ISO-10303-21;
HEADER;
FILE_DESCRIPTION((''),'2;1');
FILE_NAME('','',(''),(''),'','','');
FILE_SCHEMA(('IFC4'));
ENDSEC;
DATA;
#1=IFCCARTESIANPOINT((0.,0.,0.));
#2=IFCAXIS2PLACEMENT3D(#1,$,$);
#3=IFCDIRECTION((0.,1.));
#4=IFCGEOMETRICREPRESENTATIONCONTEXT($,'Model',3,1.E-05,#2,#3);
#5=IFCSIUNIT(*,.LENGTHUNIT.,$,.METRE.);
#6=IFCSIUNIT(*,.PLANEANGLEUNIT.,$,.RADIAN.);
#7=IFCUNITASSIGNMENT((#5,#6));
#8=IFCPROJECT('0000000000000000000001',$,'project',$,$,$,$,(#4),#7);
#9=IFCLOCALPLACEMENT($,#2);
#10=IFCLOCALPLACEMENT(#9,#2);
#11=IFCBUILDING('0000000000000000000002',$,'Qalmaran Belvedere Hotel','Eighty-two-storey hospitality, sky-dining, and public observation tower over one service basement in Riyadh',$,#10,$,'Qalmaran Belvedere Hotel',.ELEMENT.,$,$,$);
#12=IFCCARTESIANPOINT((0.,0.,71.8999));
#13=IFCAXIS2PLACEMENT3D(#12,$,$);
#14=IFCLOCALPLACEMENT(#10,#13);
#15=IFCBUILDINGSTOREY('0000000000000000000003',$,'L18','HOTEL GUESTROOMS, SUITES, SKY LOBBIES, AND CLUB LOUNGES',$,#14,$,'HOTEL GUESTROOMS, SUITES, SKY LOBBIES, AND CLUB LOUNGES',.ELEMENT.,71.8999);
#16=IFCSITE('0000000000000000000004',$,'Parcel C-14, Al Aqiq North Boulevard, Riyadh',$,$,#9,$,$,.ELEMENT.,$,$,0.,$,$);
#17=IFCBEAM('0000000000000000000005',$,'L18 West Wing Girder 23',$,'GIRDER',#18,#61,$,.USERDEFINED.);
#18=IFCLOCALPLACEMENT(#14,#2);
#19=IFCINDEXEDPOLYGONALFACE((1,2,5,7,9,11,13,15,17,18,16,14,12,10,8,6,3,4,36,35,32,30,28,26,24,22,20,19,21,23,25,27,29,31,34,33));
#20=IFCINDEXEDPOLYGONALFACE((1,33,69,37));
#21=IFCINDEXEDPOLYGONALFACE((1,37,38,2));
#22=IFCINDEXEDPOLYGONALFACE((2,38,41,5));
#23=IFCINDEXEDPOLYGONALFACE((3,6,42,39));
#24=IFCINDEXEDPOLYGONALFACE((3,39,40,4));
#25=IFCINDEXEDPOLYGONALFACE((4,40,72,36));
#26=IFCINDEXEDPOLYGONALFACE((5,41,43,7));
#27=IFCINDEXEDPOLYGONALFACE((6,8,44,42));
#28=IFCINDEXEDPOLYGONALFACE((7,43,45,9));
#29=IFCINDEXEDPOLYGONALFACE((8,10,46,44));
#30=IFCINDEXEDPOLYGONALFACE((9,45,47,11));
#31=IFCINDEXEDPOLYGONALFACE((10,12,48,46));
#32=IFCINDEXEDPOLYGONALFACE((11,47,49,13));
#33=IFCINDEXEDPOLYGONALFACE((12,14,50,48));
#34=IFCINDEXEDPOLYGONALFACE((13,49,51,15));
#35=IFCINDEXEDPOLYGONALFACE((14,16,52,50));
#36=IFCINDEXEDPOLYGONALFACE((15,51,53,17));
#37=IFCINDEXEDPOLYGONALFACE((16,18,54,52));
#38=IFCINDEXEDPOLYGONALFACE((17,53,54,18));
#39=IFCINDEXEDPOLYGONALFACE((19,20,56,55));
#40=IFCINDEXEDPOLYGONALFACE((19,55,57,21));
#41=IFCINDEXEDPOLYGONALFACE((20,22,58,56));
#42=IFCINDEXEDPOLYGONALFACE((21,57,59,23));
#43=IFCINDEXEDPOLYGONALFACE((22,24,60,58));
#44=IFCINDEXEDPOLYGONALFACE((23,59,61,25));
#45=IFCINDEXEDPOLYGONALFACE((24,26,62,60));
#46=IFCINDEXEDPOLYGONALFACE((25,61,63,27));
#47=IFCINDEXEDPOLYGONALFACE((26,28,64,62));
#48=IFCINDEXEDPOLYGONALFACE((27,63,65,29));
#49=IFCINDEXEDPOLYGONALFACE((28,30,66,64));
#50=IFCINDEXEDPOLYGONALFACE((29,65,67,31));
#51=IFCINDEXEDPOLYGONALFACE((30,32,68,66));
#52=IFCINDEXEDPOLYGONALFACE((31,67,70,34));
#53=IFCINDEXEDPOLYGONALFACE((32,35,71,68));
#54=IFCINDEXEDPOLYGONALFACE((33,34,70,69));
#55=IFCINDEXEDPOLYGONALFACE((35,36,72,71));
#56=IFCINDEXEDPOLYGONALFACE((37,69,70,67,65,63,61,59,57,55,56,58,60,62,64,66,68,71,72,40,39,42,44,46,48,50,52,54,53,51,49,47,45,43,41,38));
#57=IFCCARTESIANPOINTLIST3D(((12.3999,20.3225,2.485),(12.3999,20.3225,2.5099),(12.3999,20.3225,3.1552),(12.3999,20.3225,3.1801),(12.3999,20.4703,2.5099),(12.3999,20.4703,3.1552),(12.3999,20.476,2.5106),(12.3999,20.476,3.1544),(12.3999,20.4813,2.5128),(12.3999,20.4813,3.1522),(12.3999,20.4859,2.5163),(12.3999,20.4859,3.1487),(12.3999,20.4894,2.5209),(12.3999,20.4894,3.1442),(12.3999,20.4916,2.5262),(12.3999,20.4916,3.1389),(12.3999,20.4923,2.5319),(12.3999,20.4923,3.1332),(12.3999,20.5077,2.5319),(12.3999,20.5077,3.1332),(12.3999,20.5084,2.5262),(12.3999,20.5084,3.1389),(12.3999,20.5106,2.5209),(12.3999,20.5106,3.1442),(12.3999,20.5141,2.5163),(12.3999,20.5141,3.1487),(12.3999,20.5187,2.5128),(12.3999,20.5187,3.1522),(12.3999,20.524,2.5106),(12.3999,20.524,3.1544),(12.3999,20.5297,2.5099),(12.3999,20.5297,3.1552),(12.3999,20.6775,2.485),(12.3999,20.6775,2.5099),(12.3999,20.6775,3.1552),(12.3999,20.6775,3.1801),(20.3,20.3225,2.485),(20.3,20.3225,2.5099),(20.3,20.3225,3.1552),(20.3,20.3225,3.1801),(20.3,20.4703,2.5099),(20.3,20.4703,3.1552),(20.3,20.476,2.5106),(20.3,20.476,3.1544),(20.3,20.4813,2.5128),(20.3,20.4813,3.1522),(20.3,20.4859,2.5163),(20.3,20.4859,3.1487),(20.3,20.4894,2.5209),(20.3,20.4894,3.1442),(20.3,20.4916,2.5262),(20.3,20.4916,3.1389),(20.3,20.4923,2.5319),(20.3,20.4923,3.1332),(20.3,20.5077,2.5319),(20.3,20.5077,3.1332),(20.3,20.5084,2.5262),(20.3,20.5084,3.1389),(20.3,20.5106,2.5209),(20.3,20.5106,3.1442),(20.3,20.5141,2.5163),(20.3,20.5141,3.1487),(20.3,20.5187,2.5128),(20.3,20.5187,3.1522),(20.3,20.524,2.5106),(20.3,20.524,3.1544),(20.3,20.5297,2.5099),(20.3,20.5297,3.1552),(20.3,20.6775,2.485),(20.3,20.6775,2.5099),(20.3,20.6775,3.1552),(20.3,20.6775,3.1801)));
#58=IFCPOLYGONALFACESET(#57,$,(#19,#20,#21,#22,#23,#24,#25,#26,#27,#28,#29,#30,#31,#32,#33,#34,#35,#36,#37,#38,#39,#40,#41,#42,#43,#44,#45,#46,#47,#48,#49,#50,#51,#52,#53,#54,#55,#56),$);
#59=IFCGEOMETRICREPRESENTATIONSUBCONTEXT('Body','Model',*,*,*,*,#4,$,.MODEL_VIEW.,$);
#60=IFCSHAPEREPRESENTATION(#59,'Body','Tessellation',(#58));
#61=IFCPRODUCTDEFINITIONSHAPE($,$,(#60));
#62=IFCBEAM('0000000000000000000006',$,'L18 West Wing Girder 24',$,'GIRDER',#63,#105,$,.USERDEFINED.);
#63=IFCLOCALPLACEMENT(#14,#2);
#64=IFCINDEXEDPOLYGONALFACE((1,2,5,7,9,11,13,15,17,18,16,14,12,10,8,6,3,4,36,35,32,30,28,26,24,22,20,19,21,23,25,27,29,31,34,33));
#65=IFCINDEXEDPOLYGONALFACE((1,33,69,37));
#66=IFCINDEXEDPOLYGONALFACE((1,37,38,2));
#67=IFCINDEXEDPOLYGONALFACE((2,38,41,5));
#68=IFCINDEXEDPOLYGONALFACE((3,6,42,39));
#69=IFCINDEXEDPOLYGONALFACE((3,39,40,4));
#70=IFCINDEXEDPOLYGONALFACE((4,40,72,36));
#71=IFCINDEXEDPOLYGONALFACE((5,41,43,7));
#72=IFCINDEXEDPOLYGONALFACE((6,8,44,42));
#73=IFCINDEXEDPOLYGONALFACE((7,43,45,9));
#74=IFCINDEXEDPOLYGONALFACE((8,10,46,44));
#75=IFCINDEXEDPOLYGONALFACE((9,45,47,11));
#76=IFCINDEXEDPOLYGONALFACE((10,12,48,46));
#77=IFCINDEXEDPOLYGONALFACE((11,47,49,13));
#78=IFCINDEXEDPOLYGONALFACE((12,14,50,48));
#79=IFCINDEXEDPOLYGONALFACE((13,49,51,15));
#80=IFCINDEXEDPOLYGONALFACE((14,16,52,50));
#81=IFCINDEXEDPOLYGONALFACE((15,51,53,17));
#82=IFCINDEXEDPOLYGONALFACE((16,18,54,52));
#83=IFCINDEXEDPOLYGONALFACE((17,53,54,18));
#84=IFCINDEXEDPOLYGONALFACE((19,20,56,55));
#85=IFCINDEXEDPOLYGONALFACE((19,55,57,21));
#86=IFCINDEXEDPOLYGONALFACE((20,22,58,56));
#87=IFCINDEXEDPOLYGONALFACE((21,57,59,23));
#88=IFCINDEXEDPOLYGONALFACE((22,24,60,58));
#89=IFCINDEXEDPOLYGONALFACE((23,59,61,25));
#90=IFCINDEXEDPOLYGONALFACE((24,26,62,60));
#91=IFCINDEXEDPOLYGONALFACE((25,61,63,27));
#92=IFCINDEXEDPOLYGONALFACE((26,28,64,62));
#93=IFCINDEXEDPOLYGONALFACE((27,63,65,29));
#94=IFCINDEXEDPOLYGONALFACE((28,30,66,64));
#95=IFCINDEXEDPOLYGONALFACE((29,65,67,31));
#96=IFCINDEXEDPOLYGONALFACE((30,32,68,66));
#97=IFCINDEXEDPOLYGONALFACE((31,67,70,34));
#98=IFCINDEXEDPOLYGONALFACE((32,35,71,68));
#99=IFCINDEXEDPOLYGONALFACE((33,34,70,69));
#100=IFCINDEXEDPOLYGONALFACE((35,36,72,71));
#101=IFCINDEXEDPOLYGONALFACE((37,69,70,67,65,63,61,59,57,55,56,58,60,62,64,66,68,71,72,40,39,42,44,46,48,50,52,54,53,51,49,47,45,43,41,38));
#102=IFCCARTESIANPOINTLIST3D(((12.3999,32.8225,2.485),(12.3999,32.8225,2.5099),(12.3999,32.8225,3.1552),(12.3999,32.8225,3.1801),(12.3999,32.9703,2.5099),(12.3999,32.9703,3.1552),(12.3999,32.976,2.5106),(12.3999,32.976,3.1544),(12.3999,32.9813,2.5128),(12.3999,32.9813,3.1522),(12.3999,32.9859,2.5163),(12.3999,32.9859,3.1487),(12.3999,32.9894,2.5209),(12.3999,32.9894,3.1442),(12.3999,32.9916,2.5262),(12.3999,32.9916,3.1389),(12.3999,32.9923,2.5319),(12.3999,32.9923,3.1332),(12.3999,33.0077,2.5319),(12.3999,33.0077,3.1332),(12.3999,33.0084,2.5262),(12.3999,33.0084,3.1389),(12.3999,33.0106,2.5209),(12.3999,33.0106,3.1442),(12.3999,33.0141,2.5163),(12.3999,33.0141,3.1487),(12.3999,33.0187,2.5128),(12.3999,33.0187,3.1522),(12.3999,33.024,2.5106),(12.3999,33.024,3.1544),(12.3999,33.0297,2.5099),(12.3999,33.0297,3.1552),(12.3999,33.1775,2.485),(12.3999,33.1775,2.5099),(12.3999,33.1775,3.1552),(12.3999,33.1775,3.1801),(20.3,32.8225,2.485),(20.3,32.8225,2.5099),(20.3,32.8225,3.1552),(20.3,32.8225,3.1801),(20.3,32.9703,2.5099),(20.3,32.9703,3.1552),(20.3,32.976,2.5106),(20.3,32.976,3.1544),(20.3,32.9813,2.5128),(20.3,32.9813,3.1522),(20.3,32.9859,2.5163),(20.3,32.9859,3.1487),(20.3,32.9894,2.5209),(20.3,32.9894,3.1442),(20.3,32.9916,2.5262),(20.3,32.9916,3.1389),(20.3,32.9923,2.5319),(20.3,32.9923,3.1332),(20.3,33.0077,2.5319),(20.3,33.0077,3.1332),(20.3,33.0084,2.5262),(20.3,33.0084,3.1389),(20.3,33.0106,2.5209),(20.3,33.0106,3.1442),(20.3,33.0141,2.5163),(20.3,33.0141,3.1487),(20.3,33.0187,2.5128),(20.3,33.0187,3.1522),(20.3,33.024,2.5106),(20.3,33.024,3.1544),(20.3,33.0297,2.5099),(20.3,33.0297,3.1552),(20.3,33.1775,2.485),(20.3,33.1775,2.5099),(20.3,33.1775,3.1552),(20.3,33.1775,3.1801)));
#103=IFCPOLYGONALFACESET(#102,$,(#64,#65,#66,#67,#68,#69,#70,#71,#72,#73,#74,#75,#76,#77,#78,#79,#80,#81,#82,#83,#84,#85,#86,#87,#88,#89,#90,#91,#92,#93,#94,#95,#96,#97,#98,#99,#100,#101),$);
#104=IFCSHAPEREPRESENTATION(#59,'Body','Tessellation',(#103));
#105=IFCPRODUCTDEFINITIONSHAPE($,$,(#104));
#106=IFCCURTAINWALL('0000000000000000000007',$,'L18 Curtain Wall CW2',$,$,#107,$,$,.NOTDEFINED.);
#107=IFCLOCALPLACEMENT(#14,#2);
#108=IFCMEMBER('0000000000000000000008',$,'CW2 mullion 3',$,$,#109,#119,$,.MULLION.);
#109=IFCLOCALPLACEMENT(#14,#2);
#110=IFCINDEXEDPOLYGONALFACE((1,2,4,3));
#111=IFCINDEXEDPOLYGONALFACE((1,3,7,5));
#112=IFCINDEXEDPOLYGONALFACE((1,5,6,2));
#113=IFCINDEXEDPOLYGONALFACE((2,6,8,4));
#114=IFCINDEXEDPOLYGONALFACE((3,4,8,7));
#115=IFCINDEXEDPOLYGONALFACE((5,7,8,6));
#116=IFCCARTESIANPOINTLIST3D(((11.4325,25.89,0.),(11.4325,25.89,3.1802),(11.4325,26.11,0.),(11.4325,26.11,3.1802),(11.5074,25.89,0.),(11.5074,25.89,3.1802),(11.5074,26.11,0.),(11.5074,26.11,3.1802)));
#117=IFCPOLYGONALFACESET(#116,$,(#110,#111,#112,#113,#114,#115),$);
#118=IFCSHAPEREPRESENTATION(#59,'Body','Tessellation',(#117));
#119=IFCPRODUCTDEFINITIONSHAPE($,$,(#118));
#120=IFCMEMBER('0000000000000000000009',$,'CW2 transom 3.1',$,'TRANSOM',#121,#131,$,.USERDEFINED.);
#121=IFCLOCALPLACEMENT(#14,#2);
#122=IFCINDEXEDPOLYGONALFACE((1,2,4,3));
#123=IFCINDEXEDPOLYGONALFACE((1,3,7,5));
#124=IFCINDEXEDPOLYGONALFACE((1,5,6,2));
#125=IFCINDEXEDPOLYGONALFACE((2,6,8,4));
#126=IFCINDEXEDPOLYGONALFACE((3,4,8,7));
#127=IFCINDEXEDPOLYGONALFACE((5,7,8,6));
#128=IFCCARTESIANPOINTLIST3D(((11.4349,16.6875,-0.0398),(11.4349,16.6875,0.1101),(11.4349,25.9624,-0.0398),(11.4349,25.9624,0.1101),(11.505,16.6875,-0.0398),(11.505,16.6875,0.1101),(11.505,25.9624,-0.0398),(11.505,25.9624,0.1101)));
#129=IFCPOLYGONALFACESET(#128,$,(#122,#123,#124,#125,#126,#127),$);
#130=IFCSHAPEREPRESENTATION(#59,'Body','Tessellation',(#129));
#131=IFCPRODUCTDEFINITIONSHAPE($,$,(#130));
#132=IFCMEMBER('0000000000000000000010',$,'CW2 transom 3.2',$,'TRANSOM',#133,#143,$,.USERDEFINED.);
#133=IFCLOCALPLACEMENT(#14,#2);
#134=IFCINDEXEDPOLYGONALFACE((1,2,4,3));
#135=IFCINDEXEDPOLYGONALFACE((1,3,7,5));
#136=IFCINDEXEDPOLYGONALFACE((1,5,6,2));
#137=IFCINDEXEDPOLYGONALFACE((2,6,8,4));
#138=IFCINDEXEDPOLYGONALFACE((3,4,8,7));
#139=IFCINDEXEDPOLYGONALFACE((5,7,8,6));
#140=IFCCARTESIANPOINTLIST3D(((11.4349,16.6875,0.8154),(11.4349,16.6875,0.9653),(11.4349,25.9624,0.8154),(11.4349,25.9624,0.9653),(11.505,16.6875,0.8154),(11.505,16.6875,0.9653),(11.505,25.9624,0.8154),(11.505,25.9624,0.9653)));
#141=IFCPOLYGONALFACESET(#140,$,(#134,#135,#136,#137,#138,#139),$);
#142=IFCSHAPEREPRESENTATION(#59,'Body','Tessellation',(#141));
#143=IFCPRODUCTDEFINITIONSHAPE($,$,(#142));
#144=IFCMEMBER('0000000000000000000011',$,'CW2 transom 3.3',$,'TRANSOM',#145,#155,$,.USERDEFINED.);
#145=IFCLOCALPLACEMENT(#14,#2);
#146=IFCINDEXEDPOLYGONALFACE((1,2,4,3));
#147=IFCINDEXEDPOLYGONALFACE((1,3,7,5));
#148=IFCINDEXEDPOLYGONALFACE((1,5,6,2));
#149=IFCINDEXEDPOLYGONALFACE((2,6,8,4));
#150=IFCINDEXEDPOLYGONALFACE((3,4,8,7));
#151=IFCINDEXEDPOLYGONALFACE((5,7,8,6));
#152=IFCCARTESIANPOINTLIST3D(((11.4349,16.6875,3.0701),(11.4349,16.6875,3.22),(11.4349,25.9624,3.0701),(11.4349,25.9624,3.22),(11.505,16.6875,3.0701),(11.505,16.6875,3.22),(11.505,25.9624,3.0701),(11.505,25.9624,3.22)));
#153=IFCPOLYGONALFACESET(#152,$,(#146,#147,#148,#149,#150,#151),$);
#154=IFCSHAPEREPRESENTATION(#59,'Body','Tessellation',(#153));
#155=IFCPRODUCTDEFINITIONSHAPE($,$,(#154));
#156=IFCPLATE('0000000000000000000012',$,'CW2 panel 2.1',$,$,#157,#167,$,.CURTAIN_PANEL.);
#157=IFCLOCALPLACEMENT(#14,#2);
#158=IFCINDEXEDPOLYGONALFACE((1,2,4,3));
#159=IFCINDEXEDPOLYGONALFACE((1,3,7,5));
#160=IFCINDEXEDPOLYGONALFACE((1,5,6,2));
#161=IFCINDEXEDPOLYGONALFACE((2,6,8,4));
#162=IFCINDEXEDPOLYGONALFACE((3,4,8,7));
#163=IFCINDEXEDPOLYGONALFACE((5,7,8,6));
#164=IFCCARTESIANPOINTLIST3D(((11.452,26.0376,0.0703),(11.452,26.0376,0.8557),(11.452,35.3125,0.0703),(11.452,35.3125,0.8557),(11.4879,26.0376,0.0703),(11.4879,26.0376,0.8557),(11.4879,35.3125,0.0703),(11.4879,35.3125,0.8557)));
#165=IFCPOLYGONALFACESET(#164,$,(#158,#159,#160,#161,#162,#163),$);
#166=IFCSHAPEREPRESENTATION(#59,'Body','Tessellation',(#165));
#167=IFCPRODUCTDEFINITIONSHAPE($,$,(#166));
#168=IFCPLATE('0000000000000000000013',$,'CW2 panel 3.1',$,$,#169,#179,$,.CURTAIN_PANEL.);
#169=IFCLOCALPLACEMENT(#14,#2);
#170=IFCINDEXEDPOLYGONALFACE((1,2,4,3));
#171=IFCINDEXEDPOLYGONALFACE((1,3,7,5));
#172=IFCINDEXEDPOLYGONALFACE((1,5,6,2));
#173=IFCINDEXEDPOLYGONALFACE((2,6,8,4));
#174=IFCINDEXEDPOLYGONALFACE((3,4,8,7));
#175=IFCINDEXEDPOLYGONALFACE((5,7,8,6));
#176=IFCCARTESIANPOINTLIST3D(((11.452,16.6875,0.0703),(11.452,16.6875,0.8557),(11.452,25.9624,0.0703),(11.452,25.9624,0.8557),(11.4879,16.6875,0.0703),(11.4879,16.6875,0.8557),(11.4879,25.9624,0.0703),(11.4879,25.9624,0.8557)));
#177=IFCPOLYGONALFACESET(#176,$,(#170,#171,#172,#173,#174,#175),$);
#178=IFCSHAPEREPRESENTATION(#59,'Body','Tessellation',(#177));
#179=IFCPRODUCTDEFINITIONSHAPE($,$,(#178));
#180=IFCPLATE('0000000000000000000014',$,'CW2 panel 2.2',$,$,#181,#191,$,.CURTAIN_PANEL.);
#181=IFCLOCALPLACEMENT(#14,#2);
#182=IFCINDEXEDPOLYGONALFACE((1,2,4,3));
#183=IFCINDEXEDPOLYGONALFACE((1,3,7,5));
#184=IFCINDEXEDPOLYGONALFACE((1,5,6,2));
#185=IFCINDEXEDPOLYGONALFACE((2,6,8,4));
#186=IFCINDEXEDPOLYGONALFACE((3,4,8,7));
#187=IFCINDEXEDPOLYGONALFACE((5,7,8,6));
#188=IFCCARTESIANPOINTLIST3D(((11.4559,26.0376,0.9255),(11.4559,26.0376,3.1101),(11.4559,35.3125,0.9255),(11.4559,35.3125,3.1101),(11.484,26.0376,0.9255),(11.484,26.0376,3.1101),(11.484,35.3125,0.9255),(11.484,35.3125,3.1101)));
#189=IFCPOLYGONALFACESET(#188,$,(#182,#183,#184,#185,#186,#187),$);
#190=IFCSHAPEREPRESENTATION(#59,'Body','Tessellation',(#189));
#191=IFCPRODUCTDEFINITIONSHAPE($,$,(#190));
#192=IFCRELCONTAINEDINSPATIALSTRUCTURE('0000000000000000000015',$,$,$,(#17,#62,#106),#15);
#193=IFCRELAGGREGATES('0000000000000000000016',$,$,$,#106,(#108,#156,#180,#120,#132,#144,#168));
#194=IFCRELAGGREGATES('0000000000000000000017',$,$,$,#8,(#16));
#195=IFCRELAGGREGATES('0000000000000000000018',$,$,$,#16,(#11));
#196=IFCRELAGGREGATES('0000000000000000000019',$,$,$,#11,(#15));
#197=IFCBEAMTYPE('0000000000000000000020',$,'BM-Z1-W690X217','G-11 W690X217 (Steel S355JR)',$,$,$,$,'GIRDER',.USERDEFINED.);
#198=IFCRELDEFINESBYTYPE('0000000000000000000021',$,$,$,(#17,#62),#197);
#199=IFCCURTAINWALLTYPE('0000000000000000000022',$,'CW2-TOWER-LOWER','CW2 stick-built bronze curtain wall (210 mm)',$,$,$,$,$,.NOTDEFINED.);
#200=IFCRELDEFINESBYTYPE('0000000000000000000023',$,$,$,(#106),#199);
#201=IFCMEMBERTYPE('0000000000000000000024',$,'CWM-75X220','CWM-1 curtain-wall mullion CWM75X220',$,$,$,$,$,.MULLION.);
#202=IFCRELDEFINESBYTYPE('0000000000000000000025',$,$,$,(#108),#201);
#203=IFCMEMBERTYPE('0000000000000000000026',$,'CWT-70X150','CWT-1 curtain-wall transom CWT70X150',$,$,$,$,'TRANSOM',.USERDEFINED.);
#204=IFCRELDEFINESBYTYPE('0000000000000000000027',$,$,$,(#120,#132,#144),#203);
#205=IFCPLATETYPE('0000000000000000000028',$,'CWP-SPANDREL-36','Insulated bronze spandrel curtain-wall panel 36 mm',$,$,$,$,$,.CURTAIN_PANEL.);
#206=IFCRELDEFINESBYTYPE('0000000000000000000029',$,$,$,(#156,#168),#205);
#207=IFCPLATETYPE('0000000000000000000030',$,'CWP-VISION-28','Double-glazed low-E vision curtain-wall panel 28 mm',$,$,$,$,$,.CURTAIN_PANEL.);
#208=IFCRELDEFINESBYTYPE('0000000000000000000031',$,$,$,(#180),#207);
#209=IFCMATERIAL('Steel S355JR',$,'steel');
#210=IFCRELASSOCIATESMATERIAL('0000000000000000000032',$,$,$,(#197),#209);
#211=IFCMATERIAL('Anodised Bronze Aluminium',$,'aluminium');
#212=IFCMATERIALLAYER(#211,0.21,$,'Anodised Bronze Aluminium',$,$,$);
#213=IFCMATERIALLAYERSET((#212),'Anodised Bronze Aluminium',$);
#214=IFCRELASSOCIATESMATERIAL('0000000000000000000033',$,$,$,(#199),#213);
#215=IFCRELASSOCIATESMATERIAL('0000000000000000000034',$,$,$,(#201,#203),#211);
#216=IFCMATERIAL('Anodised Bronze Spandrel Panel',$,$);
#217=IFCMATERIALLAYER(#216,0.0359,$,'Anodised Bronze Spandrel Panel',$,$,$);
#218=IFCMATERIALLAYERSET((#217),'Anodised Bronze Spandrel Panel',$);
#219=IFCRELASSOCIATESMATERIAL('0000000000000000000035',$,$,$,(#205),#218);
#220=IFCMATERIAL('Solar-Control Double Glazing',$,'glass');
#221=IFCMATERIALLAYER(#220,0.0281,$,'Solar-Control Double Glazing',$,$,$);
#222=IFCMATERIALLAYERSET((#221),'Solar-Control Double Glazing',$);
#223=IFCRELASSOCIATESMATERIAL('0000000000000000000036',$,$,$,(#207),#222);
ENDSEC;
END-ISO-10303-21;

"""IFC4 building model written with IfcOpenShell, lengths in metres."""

from ifc_helpers import new_model, si_unit, direction, frame, origin, origin_2d, place, context, subcontext, project, spatial, rectangle, i_section, extrude, material, layer, layer_set, material_profile, profile_set, type_object, element, aggregate, save


model = new_model("IFC4")

# Units and contexts
model_context = context("Model", 3, precision=1e-05, world=origin(), true_north=direction((0.0, 1.0)))
body_context = subcontext(model_context, "Body", "Model", "MODEL_VIEW")
ifc_project = project(units=[si_unit("LENGTHUNIT", "METRE"), si_unit("PLANEANGLEUNIT", "RADIAN")], contexts=[model_context])

# Site, building, storey
site_placement = place(None, origin())
site = spatial("IfcSite", under=ifc_project, at=site_placement, Name="Parcel C-14, Al Aqiq North Boulevard, Riyadh", CompositionType="ELEMENT", RefElevation=0.0)
building_placement = place(site_placement, origin())
building = spatial("IfcBuilding", under=site, at=building_placement, Name="Qalmaran Belvedere Hotel", Description="Eighty-two-storey hospitality, sky-dining, and public observation tower over one service basement in Riyadh", LongName="Qalmaran Belvedere Hotel", CompositionType="ELEMENT")
storey_placement = place(building_placement, frame((0.0, 0.0, 71.8999)))
storey = spatial("IfcBuildingStorey", under=building, at=storey_placement, Name="L18", Description="HOTEL GUESTROOMS, SUITES, SKY LOBBIES, AND CLUB LOUNGES", LongName="HOTEL GUESTROOMS, SUITES, SKY LOBBIES, AND CLUB LOUNGES", CompositionType="ELEMENT", Elevation=71.8999)

# Beams
ifc_material_1 = material(Name="Steel S355JR", Category="steel")
ifc_material_profile_1 = material_profile(ifc_material_1, i_section(OverallWidth=0.355, OverallDepth=0.6951, WebThickness=0.0154, FlangeThickness=0.0249, FilletRadius=0.022, at=origin_2d()), Name="W690X217")
ifc_profile_set_1 = profile_set([ifc_material_profile_1], Name="Steel S355JR")
beam_type_1 = type_object("IfcBeamType", Name="BM-Z1-W690X217", Description="G-11 W690X217 (Steel S355JR)", ElementType="GIRDER", PredefinedType="USERDEFINED", material=ifc_profile_set_1)
for number, where, z_axis, x_axis, name in (
    (1, (12.3999, 20.5, 2.8325), (1.0, 0.0, 0.0), (0.0, 1.0, 0.0), "L18 West Wing Girder 23"),
    (2, (12.3999, 33.0, 2.8325), (1.0, 0.0, 0.0), (0.0, 1.0, 0.0), "L18 West Wing Girder 24"),
):
    element("IfcBeam", number, at=place(storey_placement, frame(where, z_axis=z_axis, x_axis=x_axis)), inside=storey, type_object=beam_type_1, Name=name, ObjectType="GIRDER", PredefinedType="USERDEFINED", context=body_context, shape_type="SweptSolid", body=[
        extrude(i_section(OverallWidth=0.355, OverallDepth=0.6951, WebThickness=0.0154, FlangeThickness=0.0249, FilletRadius=0.022, at=origin_2d()), origin(), (0.0, 0.0, 1.0), 7.9001),
    ])

# Curtain wall, members, plates
ifc_material_2 = material(Name="Anodised Bronze Aluminium", Category="aluminium")
ifc_layer_1 = layer(ifc_material_2, 0.21, Name="Anodised Bronze Aluminium")
ifc_layer_set_1 = layer_set([ifc_layer_1], Name="Anodised Bronze Aluminium")
curtain_wall_type = type_object("IfcCurtainWallType", Name="CW2-TOWER-LOWER", Description="CW2 stick-built bronze curtain wall (210 mm)", PredefinedType="NOTDEFINED", material=ifc_layer_set_1)
curtain_wall_placement = place(storey_placement, origin())
curtain_wall = element("IfcCurtainWall", 3, at=curtain_wall_placement, inside=storey, type_object=curtain_wall_type, Name="L18 Curtain Wall CW2", PredefinedType="NOTDEFINED")
ifc_material_profile_2 = material_profile(ifc_material_2, rectangle(XDim=0.075, YDim=0.22, at=origin_2d()), Name="CWM75X220")
ifc_profile_set_2 = profile_set([ifc_material_profile_2], Name="Anodised Bronze Aluminium")
member_type_1 = type_object("IfcMemberType", Name="CWM-75X220", Description="CWM-1 curtain-wall mullion CWM75X220", PredefinedType="MULLION", material=ifc_profile_set_2)
member_1_placement = place(storey_placement, frame((11.47, 26.0, 0.0), z_axis=(0.0, 0.0, 1.0), x_axis=(1.0, 0.0, 0.0)))
member_1 = element("IfcMember", 4, at=member_1_placement, type_object=member_type_1, Name="CW2 mullion 3", PredefinedType="MULLION", context=body_context, shape_type="SweptSolid", body=[
    extrude(rectangle(XDim=0.075, YDim=0.22, at=origin_2d()), origin(), (0.0, 0.0, 1.0), 3.1802),
])
ifc_material_profile_3 = material_profile(ifc_material_2, rectangle(XDim=0.0701, YDim=0.1499, at=origin_2d()), Name="CWT70X150")
ifc_profile_set_3 = profile_set([ifc_material_profile_3], Name="Anodised Bronze Aluminium")
member_type_2 = type_object("IfcMemberType", Name="CWT-70X150", Description="CWT-1 curtain-wall transom CWT70X150", ElementType="TRANSOM", PredefinedType="USERDEFINED", material=ifc_profile_set_3)
member_2_placement = place(storey_placement, frame((11.47, 25.9624, 0.0352), z_axis=(0.0, -1.0, 0.0), x_axis=(1.0, 0.0, 0.0)))
member_2 = element("IfcMember", 5, at=member_2_placement, type_object=member_type_2, Name="CW2 transom 3.1", ObjectType="TRANSOM", PredefinedType="USERDEFINED", context=body_context, shape_type="SweptSolid", body=[
    extrude(rectangle(XDim=0.0701, YDim=0.1499, at=origin_2d()), origin(), (0.0, 0.0, 1.0), 9.2749),
])
member_3_placement = place(storey_placement, frame((11.47, 25.9624, 0.8904), z_axis=(0.0, -1.0, 0.0), x_axis=(1.0, 0.0, 0.0)))
member_3 = element("IfcMember", 6, at=member_3_placement, type_object=member_type_2, Name="CW2 transom 3.2", ObjectType="TRANSOM", PredefinedType="USERDEFINED", context=body_context, shape_type="SweptSolid", body=[
    extrude(rectangle(XDim=0.0701, YDim=0.1499, at=origin_2d()), origin(), (0.0, 0.0, 1.0), 9.2749),
])
member_4_placement = place(storey_placement, frame((11.47, 25.9624, 3.145), z_axis=(0.0, -1.0, 0.0), x_axis=(1.0, 0.0, 0.0)))
member_4 = element("IfcMember", 7, at=member_4_placement, type_object=member_type_2, Name="CW2 transom 3.3", ObjectType="TRANSOM", PredefinedType="USERDEFINED", context=body_context, shape_type="SweptSolid", body=[
    extrude(rectangle(XDim=0.0701, YDim=0.1499, at=origin_2d()), origin(), (0.0, 0.0, 1.0), 9.2749),
])
ifc_material_3 = material(Name="Anodised Bronze Spandrel Panel")
ifc_layer_2 = layer(ifc_material_3, 0.0359, Name="Anodised Bronze Spandrel Panel")
ifc_layer_set_2 = layer_set([ifc_layer_2], Name="Anodised Bronze Spandrel Panel")
plate_type_1 = type_object("IfcPlateType", Name="CWP-SPANDREL-36", Description="Insulated bronze spandrel curtain-wall panel 36 mm", PredefinedType="CURTAIN_PANEL", material=ifc_layer_set_2)
plate_1_placement = place(storey_placement, frame((11.47, 30.675, 0.0703), z_axis=(0.0, 0.0, 1.0), x_axis=(0.0, -1.0, 0.0)))
plate_1 = element("IfcPlate", 8, at=plate_1_placement, type_object=plate_type_1, Name="CW2 panel 2.1", PredefinedType="CURTAIN_PANEL", context=body_context, shape_type="SweptSolid", body=[
    extrude(rectangle(XDim=9.2749, YDim=0.0359, at=origin_2d()), origin(), (0.0, 0.0, 1.0), 0.7854),
])
plate_2_placement = place(storey_placement, frame((11.47, 21.325, 0.0703), z_axis=(0.0, 0.0, 1.0), x_axis=(0.0, -1.0, 0.0)))
plate_2 = element("IfcPlate", 9, at=plate_2_placement, type_object=plate_type_1, Name="CW2 panel 3.1", PredefinedType="CURTAIN_PANEL", context=body_context, shape_type="SweptSolid", body=[
    extrude(rectangle(XDim=9.2749, YDim=0.0359, at=origin_2d()), origin(), (0.0, 0.0, 1.0), 0.7854),
])
ifc_material_4 = material(Name="Solar-Control Double Glazing", Category="glass")
ifc_layer_3 = layer(ifc_material_4, 0.0281, Name="Solar-Control Double Glazing")
ifc_layer_set_3 = layer_set([ifc_layer_3], Name="Solar-Control Double Glazing")
plate_type_2 = type_object("IfcPlateType", Name="CWP-VISION-28", Description="Double-glazed low-E vision curtain-wall panel 28 mm", PredefinedType="CURTAIN_PANEL", material=ifc_layer_set_3)
plate_3_placement = place(storey_placement, frame((11.47, 30.675, 0.9255), z_axis=(0.0, 0.0, 1.0), x_axis=(0.0, -1.0, 0.0)))
plate_3 = element("IfcPlate", 10, at=plate_3_placement, type_object=plate_type_2, Name="CW2 panel 2.2", PredefinedType="CURTAIN_PANEL", context=body_context, shape_type="SweptSolid", body=[
    extrude(rectangle(XDim=9.2749, YDim=0.0281, at=origin_2d()), origin(), (0.0, 0.0, 1.0), 2.1846),
])
aggregate(curtain_wall, [member_1, plate_1, plate_3, member_2, member_3, member_4, plate_2])

save(model, "model.ifc")
